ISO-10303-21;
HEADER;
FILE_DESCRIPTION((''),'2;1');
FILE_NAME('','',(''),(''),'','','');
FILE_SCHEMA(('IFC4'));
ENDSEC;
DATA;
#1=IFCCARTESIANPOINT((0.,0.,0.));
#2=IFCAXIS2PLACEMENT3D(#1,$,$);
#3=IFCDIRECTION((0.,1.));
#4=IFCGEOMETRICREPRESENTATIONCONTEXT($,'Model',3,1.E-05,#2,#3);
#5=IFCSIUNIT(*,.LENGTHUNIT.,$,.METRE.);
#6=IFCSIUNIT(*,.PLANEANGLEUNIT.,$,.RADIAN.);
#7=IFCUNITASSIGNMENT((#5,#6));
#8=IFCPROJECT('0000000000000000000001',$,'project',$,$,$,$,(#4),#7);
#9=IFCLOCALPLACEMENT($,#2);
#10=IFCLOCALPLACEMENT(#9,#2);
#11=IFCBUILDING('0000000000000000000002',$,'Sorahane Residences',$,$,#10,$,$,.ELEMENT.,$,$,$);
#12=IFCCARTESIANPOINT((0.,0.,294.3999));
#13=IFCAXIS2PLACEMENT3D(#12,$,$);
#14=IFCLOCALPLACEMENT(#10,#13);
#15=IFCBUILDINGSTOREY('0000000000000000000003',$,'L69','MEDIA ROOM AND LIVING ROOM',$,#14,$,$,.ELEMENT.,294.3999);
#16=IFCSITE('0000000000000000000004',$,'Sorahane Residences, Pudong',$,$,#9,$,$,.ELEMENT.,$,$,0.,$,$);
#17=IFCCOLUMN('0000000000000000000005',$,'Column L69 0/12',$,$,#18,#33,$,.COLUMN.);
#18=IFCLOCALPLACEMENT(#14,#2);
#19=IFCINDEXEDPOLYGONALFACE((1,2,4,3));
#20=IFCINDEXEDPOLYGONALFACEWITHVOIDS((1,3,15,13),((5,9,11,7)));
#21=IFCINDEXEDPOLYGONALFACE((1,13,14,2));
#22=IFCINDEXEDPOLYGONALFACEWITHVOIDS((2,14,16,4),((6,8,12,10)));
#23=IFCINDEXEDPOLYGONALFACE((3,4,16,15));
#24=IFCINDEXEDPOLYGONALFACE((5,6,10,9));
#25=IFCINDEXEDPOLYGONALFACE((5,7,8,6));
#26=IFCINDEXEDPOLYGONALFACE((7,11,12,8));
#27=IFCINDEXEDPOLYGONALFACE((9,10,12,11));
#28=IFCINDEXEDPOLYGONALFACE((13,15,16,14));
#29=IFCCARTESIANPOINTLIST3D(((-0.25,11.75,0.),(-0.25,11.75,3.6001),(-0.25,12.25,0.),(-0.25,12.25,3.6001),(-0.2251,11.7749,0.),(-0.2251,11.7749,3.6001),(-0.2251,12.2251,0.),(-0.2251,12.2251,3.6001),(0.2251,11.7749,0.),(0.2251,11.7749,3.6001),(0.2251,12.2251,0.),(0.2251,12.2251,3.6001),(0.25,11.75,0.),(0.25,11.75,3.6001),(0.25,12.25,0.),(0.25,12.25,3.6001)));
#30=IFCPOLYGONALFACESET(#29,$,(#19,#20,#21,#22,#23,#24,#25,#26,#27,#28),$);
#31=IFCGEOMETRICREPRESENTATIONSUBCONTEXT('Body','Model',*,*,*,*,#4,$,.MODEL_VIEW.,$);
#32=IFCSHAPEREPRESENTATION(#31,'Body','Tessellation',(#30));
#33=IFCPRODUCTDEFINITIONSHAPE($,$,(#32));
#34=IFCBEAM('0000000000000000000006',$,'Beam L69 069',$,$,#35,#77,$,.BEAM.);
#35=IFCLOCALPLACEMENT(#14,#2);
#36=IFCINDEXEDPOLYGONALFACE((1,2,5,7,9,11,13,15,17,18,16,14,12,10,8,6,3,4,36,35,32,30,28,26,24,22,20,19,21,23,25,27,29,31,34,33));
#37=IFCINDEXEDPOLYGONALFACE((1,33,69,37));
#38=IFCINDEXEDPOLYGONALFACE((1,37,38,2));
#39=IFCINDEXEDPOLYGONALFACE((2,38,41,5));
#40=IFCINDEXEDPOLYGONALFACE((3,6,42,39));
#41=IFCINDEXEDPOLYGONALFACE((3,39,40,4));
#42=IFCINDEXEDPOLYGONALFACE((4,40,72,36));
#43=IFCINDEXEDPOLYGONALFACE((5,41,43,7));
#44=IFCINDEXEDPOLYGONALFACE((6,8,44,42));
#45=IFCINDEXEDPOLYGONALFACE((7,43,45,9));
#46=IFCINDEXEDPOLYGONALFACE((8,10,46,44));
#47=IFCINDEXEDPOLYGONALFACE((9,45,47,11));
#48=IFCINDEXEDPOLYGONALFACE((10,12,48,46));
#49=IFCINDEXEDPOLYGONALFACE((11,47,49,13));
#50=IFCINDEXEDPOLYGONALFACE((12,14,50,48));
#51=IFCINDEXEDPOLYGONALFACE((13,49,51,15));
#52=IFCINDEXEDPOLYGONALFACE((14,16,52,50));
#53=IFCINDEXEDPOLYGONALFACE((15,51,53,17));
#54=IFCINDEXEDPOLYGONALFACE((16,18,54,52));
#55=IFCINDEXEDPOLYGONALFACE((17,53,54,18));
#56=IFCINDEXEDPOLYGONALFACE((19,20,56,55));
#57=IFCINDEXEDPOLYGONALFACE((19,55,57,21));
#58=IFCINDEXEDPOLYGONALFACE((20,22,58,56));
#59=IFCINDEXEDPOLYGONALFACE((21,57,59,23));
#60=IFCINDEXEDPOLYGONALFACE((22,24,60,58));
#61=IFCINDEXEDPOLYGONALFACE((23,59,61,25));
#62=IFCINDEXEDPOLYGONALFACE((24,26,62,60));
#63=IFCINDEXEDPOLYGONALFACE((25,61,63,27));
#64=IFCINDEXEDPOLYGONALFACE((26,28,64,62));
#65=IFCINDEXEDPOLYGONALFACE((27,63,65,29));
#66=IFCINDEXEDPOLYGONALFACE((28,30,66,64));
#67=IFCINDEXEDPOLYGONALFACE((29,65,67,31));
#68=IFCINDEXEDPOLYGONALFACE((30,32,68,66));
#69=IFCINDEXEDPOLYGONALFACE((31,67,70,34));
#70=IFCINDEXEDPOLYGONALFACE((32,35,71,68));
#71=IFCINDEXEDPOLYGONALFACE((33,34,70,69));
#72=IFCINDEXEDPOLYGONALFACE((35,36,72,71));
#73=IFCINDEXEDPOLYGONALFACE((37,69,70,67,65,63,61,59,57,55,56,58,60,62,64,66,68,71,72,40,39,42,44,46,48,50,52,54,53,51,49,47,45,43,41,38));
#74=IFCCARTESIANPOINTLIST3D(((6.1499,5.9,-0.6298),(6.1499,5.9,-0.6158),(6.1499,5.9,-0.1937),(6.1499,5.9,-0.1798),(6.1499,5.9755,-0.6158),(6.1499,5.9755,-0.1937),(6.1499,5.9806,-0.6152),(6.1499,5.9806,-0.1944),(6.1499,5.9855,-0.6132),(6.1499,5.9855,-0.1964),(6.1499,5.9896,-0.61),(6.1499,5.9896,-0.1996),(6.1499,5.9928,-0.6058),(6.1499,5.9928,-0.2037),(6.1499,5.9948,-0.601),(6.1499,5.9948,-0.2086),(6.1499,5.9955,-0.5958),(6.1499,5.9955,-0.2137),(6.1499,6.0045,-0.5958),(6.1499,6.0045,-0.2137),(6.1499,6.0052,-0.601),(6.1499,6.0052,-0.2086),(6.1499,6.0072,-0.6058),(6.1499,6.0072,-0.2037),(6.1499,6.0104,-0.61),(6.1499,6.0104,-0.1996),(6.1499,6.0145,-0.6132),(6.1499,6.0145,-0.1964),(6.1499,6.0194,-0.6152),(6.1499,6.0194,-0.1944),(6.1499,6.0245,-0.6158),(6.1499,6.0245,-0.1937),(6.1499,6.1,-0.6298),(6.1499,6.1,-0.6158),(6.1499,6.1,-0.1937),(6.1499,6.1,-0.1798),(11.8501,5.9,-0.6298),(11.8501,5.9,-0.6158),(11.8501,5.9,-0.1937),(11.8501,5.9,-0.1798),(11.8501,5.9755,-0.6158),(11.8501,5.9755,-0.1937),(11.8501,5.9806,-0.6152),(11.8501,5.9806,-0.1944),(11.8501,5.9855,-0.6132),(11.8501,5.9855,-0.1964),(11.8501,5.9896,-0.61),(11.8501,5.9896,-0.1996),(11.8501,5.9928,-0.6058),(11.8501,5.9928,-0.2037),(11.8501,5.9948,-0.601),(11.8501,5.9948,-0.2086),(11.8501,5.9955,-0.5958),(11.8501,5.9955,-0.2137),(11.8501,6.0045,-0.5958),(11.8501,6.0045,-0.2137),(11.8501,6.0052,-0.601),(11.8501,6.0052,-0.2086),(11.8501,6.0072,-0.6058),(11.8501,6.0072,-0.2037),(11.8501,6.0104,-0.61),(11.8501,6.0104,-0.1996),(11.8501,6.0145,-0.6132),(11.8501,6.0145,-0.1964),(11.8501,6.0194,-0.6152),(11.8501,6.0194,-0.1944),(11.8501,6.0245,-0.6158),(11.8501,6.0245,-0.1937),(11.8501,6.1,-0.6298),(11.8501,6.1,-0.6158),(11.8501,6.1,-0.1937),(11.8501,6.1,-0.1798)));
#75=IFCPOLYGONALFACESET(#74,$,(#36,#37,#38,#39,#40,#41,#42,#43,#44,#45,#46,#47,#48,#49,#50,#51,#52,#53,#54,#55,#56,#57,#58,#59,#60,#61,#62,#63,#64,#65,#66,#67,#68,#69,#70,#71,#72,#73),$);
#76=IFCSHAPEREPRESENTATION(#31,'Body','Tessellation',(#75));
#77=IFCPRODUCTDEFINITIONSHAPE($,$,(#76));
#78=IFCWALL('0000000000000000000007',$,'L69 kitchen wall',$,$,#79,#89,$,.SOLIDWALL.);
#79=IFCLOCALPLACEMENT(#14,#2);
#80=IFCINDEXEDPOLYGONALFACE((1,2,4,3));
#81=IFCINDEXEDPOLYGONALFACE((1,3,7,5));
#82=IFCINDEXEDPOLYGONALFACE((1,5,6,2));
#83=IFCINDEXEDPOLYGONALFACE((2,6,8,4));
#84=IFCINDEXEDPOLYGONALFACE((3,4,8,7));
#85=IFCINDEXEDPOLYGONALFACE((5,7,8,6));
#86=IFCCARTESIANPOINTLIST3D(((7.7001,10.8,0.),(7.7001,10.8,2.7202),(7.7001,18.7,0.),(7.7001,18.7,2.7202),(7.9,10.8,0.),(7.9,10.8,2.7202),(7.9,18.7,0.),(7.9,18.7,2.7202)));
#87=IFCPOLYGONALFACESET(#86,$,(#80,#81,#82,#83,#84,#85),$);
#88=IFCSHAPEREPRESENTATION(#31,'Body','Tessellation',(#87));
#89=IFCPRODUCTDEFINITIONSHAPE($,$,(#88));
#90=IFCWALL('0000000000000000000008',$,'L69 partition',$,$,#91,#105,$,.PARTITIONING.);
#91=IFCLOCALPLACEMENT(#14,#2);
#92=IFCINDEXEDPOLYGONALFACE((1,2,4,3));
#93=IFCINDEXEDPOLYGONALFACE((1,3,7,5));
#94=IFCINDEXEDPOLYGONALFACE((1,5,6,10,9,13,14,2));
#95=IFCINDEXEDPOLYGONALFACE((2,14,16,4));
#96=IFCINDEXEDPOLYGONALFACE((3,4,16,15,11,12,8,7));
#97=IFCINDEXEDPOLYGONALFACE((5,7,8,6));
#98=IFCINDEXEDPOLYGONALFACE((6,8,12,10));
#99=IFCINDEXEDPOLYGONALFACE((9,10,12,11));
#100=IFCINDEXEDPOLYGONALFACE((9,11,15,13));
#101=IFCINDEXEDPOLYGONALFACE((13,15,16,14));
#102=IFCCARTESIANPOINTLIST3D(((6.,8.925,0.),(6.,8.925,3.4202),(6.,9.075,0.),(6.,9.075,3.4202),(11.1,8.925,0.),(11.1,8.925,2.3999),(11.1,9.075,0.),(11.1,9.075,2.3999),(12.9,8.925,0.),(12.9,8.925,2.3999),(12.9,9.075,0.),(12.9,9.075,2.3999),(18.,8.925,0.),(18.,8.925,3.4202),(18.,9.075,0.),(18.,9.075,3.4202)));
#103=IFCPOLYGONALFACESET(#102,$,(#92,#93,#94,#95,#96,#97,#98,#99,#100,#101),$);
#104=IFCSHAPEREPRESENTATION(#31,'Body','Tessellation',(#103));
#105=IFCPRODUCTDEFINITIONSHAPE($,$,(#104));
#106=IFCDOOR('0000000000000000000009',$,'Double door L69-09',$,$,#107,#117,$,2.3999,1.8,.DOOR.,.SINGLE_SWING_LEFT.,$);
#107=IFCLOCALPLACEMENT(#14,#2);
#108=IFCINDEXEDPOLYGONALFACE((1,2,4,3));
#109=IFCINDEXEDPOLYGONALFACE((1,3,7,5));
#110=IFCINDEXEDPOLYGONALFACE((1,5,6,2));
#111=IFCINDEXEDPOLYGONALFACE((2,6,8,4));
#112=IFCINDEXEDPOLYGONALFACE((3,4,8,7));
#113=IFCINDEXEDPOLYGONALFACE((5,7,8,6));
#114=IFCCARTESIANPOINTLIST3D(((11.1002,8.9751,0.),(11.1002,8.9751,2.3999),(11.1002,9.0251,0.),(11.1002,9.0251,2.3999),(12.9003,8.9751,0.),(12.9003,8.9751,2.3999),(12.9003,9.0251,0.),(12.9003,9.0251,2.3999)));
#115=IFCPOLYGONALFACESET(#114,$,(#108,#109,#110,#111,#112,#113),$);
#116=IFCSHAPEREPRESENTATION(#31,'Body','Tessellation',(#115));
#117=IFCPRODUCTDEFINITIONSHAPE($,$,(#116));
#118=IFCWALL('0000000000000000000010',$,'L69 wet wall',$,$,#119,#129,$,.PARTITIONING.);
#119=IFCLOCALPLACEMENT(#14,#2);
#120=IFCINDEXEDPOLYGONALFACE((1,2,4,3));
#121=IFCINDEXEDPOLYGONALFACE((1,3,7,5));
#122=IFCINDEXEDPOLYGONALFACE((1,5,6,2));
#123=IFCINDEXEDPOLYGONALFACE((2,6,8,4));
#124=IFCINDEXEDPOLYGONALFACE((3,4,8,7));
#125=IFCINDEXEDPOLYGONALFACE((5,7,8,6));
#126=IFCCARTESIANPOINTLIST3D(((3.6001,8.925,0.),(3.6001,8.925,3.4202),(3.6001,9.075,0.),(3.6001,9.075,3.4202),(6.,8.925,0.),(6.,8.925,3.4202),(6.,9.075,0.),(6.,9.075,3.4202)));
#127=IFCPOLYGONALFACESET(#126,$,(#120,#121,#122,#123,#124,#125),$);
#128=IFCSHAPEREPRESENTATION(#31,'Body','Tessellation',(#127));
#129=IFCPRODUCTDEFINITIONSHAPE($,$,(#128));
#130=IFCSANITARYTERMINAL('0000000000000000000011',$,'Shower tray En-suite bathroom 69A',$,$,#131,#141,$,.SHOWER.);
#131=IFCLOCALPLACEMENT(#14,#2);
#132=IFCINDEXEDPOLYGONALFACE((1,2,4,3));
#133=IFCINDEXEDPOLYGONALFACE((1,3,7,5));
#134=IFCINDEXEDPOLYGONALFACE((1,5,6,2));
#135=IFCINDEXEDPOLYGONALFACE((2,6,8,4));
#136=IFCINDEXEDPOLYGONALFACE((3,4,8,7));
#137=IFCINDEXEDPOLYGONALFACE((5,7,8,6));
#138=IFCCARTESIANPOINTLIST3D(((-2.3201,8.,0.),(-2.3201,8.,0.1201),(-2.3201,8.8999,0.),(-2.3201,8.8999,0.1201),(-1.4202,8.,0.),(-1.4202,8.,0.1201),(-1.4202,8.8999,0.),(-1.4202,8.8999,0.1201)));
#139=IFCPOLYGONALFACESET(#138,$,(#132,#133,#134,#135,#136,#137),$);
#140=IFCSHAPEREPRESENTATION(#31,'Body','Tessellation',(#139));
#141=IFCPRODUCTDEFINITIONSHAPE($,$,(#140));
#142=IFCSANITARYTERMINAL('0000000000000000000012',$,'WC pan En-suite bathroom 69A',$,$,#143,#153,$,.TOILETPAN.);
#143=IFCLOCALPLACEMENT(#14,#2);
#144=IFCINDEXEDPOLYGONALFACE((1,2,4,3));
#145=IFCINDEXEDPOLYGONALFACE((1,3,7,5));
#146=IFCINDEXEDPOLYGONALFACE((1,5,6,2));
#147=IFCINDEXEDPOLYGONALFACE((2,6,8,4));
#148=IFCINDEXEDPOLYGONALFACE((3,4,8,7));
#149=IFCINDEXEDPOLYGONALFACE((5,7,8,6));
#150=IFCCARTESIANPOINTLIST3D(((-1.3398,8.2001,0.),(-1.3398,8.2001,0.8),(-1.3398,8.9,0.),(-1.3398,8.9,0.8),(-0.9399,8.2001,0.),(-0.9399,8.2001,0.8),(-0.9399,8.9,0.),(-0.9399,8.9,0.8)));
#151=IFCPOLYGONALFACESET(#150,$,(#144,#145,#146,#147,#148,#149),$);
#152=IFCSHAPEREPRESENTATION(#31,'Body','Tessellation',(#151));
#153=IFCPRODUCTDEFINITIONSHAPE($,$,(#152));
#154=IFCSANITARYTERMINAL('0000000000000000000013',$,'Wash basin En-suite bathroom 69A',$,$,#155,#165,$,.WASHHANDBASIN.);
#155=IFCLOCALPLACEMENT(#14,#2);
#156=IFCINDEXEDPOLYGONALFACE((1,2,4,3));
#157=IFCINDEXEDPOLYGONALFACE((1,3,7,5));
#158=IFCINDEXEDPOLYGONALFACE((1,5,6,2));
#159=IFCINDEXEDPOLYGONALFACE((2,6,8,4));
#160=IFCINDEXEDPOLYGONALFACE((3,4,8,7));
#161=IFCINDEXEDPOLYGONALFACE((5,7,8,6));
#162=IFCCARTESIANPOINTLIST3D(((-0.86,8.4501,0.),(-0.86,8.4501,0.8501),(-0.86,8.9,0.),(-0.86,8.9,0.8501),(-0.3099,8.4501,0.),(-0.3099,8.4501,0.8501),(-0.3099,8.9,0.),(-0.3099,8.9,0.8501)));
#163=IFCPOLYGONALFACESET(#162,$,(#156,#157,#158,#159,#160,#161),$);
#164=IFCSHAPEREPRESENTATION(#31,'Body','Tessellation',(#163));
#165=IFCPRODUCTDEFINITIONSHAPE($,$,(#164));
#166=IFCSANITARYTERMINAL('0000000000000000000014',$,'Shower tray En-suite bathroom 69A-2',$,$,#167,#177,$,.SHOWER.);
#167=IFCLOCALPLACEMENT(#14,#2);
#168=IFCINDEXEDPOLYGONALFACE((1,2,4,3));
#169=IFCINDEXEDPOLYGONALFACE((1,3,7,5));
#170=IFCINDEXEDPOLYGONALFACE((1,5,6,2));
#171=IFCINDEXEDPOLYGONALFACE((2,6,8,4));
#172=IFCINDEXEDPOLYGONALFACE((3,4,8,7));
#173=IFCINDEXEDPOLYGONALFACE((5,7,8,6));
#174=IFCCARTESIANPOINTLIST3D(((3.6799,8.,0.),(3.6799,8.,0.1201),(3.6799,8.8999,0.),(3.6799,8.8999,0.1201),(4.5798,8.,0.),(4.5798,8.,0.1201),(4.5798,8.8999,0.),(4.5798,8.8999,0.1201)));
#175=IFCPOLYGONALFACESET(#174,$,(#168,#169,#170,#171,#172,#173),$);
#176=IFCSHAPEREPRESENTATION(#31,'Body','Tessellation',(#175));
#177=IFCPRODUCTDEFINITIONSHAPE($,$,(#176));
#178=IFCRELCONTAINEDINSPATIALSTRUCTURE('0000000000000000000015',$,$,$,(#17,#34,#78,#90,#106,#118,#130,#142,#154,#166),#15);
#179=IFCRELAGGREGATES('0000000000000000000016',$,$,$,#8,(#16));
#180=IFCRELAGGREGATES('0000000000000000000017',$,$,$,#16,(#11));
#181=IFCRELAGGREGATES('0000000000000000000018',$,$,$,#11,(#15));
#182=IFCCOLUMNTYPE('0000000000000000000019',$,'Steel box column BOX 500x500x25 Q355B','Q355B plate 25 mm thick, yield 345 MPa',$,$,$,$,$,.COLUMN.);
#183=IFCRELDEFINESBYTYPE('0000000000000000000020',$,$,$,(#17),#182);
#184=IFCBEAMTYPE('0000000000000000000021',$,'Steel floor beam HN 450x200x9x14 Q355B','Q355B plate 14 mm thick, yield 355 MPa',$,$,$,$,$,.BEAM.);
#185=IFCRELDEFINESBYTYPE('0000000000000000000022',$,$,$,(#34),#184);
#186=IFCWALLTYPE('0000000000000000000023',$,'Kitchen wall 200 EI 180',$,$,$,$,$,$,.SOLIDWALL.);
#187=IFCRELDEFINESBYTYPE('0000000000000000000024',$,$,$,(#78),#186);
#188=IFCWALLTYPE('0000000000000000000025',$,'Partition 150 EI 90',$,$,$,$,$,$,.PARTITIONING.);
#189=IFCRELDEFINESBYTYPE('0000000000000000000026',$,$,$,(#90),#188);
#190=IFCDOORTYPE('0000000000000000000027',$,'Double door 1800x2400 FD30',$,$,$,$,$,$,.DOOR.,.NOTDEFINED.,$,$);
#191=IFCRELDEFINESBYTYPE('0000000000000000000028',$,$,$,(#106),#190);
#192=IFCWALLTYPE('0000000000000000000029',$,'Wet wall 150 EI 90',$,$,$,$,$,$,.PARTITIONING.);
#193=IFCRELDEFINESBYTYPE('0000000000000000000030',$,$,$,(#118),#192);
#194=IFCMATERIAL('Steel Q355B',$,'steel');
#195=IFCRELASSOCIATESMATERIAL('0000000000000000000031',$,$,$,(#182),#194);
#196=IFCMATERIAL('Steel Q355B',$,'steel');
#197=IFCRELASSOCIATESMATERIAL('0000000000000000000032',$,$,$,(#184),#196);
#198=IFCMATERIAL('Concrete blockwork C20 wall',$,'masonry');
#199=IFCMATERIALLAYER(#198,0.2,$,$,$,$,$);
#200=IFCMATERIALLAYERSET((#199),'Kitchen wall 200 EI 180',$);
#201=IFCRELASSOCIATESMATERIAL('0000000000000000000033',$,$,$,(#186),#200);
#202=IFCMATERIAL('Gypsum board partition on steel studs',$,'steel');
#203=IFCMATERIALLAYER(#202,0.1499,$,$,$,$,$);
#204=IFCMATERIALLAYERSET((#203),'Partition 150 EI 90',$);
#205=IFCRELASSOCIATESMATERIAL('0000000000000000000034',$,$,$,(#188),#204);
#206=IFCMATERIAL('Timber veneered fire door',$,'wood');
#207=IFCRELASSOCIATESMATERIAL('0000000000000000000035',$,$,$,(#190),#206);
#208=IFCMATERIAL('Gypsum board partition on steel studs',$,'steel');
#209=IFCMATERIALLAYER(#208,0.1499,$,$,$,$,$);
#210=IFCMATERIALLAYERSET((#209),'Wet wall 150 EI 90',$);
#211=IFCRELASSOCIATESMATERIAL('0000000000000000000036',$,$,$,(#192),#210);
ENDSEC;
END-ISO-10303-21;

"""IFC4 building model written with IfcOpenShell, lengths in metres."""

from ifc_helpers import new_model, si_unit, direction, frame, frame_2d, origin, origin_2d, place, context, subcontext, project, spatial, rectangle, hollow_rectangle, i_section, extrude, material, layer, layer_set, material_profile, profile_set, type_object, element, fill, save


model = new_model("IFC4")

# Units and contexts
model_context = context("Model", 3, precision=1e-05, world=origin(), true_north=direction((0.0, 1.0)))
body_context = subcontext(model_context, "Body", "Model", "MODEL_VIEW")
ifc_project = project(units=[si_unit("LENGTHUNIT", "METRE"), si_unit("PLANEANGLEUNIT", "RADIAN")], contexts=[model_context])

# Site, building, storey
site_placement = place(None, origin())
site = spatial("IfcSite", under=ifc_project, at=site_placement, Name="Sorahane Residences, Pudong", CompositionType="ELEMENT", RefElevation=0.0)
building_placement = place(site_placement, origin())
building = spatial("IfcBuilding", under=site, at=building_placement, Name="Sorahane Residences", CompositionType="ELEMENT")
storey_placement = place(building_placement, frame((0.0, 0.0, 294.3999)))
storey = spatial("IfcBuildingStorey", under=building, at=storey_placement, Name="L69", Description="MEDIA ROOM AND LIVING ROOM", CompositionType="ELEMENT", Elevation=294.3999)

# Column
ifc_material_1 = material(Name="Steel Q355B", Category="steel")
ifc_material_profile_1 = material_profile(ifc_material_1, hollow_rectangle(XDim=0.5, YDim=0.5, WallThickness=0.0249, at=origin_2d()), Name="BOX 500x500x25")
ifc_profile_set_1 = profile_set([ifc_material_profile_1], Name="Steel Q355B")
column_type = type_object("IfcColumnType", Name="Steel box column BOX 500x500x25 Q355B", Description="Q355B plate 25 mm thick, yield 345 MPa", PredefinedType="COLUMN", material=ifc_profile_set_1)
column_placement = place(storey_placement, frame((0.0, 12.0, 0.0), z_axis=(0.0, 0.0, 1.0), x_axis=(1.0, 0.0, 0.0)))
element("IfcColumn", 1, at=column_placement, inside=storey, type_object=column_type, Name="Column L69 0/12", PredefinedType="COLUMN", context=body_context, shape_type="SweptSolid", body=[
    extrude(hollow_rectangle(XDim=0.5, YDim=0.5, WallThickness=0.0249, at=origin_2d()), origin(), (0.0, 0.0, 1.0), 3.6001),
])

# Beam
ifc_material_2 = material(Name="Steel Q355B", Category="steel")
ifc_material_profile_2 = material_profile(ifc_material_2, i_section(OverallWidth=0.2, OverallDepth=0.45, WebThickness=0.009, FlangeThickness=0.0139, FilletRadius=0.02, at=origin_2d()), Name="HN 450x200x9x14")
ifc_profile_set_2 = profile_set([ifc_material_profile_2], Name="Steel Q355B")
beam_type = type_object("IfcBeamType", Name="Steel floor beam HN 450x200x9x14 Q355B", Description="Q355B plate 14 mm thick, yield 355 MPa", PredefinedType="BEAM", material=ifc_profile_set_2)
beam_placement = place(storey_placement, frame((6.1499, 6.0, -0.4048), z_axis=(1.0, 0.0, 0.0), x_axis=(0.0, 1.0, 0.0)))
element("IfcBeam", 2, at=beam_placement, inside=storey, type_object=beam_type, Name="Beam L69 069", PredefinedType="BEAM", context=body_context, shape_type="SweptSolid", body=[
    extrude(i_section(OverallWidth=0.2, OverallDepth=0.45, WebThickness=0.009, FlangeThickness=0.0139, FilletRadius=0.02, at=origin_2d()), origin(), (0.0, 0.0, 1.0), 5.7002),
])

# Wall
ifc_material_3 = material(Name="Concrete blockwork C20 wall", Category="masonry")
ifc_layer_1 = layer(ifc_material_3, 0.2)
ifc_layer_set_1 = layer_set([ifc_layer_1], Name="Kitchen wall 200 EI 180")
wall_type_1 = type_object("IfcWallType", Name="Kitchen wall 200 EI 180", PredefinedType="SOLIDWALL", material=ifc_layer_set_1)
wall_1_placement = place(storey_placement, frame((7.8, 10.8, 0.0), z_axis=(0.0, 0.0, 1.0), x_axis=(0.0, 1.0, 0.0)))
element("IfcWall", 3, at=wall_1_placement, inside=storey, type_object=wall_type_1, Name="L69 kitchen wall", PredefinedType="SOLIDWALL", context=body_context, shape_type="SweptSolid", body=[
    extrude(rectangle(XDim=7.8999, YDim=0.2, at=frame_2d((3.95, 0.0))), origin(), (0.0, 0.0, 1.0), 2.7202),
])

# Wall, opening, door
ifc_material_4 = material(Name="Gypsum board partition on steel studs", Category="steel")
ifc_layer_2 = layer(ifc_material_4, 0.1499)
ifc_layer_set_2 = layer_set([ifc_layer_2], Name="Partition 150 EI 90")
wall_type_2 = type_object("IfcWallType", Name="Partition 150 EI 90", PredefinedType="PARTITIONING", material=ifc_layer_set_2)
wall_2_placement = place(storey_placement, frame((6.0, 9.0, 0.0), z_axis=(0.0, 0.0, 1.0), x_axis=(1.0, 0.0, 0.0)))
wall_2 = element("IfcWall", 4, at=wall_2_placement, inside=storey, type_object=wall_type_2, Name="L69 partition", PredefinedType="PARTITIONING", context=body_context, shape_type="SweptSolid", body=[
    extrude(rectangle(XDim=12.0, YDim=0.1499, at=frame_2d((6.0, 0.0))), origin(), (0.0, 0.0, 1.0), 3.4202),
])
opening_1_placement = place(wall_2_placement, frame((5.1001, 0.0, 0.0)))
opening_1 = element("IfcOpeningElement", 5, at=opening_1_placement, cuts=wall_2, PredefinedType="OPENING", context=body_context, shape_type="SweptSolid", body=[
    extrude(rectangle(XDim=1.8, YDim=2.3999, at=frame_2d((0.8999, 1.2))), frame((0.0, 0.085, 0.0), z_axis=(0.0, -1.0, 0.0), x_axis=(1.0, 0.0, 0.0)), (0.0, 0.0, 1.0), 0.1699),
])
ifc_material_5 = material(Name="Timber veneered fire door", Category="wood")
door_type_1 = type_object("IfcDoorType", Name="Double door 1800x2400 FD30", OperationType="NOTDEFINED", PredefinedType="DOOR", material=ifc_material_5)
door_1_placement = place(opening_1_placement, frame((1.8, 0.0, 0.0), z_axis=(0.0, 0.0, 1.0), x_axis=(-1.0, 0.0, 0.0)))
door_1 = element("IfcDoor", 6, at=door_1_placement, inside=storey, type_object=door_type_1, Name="Double door L69-09", OperationType="SINGLE_SWING_LEFT", OverallHeight=2.3999, OverallWidth=1.8, PredefinedType="DOOR", context=body_context, shape_type="SweptSolid", body=[
    extrude(rectangle(XDim=1.8, YDim=2.3999, at=frame_2d((0.8999, 1.2))), frame((0.0, 0.0249, 0.0), z_axis=(0.0, -1.0, 0.0), x_axis=(1.0, 0.0, 0.0)), (0.0, 0.0, 1.0), 0.05),
])
fill(opening_1, door_1)

# Wall
ifc_material_6 = material(Name="Gypsum board partition on steel studs", Category="steel")
ifc_layer_3 = layer(ifc_material_6, 0.1499)
ifc_layer_set_3 = layer_set([ifc_layer_3], Name="Wet wall 150 EI 90")
wall_type_3 = type_object("IfcWallType", Name="Wet wall 150 EI 90", PredefinedType="PARTITIONING", material=ifc_layer_set_3)
wall_3_placement = place(storey_placement, frame((3.6001, 9.0, 0.0), z_axis=(0.0, 0.0, 1.0), x_axis=(1.0, 0.0, 0.0)))
element("IfcWall", 7, at=wall_3_placement, inside=storey, type_object=wall_type_3, Name="L69 wet wall", PredefinedType="PARTITIONING", context=body_context, shape_type="SweptSolid", body=[
    extrude(rectangle(XDim=2.3999, YDim=0.1499, at=frame_2d((1.2, 0.0))), origin(), (0.0, 0.0, 1.0), 3.4202),
])

# Sanitary terminals
sanitary_terminal_1_placement = place(storey_placement, frame((-1.8701, 8.45, 0.0), z_axis=(0.0, 0.0, 1.0), x_axis=(1.0, 0.0, 0.0)))
element("IfcSanitaryTerminal", 8, at=sanitary_terminal_1_placement, inside=storey, Name="Shower tray En-suite bathroom 69A", PredefinedType="SHOWER", context=body_context, shape_type="SweptSolid", body=[
    extrude(rectangle(XDim=0.8999, YDim=0.8999, at=origin_2d()), origin(), (0.0, 0.0, 1.0), 0.1201),
])
sanitary_terminal_2_placement = place(storey_placement, frame((-1.1399, 8.55, 0.0), z_axis=(0.0, 0.0, 1.0), x_axis=(1.0, 0.0, 0.0)))
element("IfcSanitaryTerminal", 9, at=sanitary_terminal_2_placement, inside=storey, Name="WC pan En-suite bathroom 69A", PredefinedType="TOILETPAN", context=body_context, shape_type="SweptSolid", body=[
    extrude(rectangle(XDim=0.3999, YDim=0.7, at=origin_2d()), origin(), (0.0, 0.0, 1.0), 0.8),
])
sanitary_terminal_3_placement = place(storey_placement, frame((-0.585, 8.675, 0.0), z_axis=(0.0, 0.0, 1.0), x_axis=(1.0, 0.0, 0.0)))
element("IfcSanitaryTerminal", 10, at=sanitary_terminal_3_placement, inside=storey, Name="Wash basin En-suite bathroom 69A", PredefinedType="WASHHANDBASIN", context=body_context, shape_type="SweptSolid", body=[
    extrude(rectangle(XDim=0.55, YDim=0.45, at=origin_2d()), origin(), (0.0, 0.0, 1.0), 0.8501),
])
sanitary_terminal_4_placement = place(storey_placement, frame((4.1299, 8.45, 0.0), z_axis=(0.0, 0.0, 1.0), x_axis=(1.0, 0.0, 0.0)))
element("IfcSanitaryTerminal", 11, at=sanitary_terminal_4_placement, inside=storey, Name="Shower tray En-suite bathroom 69A-2", PredefinedType="SHOWER", context=body_context, shape_type="SweptSolid", body=[
    extrude(rectangle(XDim=0.8999, YDim=0.8999, at=origin_2d()), origin(), (0.0, 0.0, 1.0), 0.1201),
])

save(model, "model.ifc")
